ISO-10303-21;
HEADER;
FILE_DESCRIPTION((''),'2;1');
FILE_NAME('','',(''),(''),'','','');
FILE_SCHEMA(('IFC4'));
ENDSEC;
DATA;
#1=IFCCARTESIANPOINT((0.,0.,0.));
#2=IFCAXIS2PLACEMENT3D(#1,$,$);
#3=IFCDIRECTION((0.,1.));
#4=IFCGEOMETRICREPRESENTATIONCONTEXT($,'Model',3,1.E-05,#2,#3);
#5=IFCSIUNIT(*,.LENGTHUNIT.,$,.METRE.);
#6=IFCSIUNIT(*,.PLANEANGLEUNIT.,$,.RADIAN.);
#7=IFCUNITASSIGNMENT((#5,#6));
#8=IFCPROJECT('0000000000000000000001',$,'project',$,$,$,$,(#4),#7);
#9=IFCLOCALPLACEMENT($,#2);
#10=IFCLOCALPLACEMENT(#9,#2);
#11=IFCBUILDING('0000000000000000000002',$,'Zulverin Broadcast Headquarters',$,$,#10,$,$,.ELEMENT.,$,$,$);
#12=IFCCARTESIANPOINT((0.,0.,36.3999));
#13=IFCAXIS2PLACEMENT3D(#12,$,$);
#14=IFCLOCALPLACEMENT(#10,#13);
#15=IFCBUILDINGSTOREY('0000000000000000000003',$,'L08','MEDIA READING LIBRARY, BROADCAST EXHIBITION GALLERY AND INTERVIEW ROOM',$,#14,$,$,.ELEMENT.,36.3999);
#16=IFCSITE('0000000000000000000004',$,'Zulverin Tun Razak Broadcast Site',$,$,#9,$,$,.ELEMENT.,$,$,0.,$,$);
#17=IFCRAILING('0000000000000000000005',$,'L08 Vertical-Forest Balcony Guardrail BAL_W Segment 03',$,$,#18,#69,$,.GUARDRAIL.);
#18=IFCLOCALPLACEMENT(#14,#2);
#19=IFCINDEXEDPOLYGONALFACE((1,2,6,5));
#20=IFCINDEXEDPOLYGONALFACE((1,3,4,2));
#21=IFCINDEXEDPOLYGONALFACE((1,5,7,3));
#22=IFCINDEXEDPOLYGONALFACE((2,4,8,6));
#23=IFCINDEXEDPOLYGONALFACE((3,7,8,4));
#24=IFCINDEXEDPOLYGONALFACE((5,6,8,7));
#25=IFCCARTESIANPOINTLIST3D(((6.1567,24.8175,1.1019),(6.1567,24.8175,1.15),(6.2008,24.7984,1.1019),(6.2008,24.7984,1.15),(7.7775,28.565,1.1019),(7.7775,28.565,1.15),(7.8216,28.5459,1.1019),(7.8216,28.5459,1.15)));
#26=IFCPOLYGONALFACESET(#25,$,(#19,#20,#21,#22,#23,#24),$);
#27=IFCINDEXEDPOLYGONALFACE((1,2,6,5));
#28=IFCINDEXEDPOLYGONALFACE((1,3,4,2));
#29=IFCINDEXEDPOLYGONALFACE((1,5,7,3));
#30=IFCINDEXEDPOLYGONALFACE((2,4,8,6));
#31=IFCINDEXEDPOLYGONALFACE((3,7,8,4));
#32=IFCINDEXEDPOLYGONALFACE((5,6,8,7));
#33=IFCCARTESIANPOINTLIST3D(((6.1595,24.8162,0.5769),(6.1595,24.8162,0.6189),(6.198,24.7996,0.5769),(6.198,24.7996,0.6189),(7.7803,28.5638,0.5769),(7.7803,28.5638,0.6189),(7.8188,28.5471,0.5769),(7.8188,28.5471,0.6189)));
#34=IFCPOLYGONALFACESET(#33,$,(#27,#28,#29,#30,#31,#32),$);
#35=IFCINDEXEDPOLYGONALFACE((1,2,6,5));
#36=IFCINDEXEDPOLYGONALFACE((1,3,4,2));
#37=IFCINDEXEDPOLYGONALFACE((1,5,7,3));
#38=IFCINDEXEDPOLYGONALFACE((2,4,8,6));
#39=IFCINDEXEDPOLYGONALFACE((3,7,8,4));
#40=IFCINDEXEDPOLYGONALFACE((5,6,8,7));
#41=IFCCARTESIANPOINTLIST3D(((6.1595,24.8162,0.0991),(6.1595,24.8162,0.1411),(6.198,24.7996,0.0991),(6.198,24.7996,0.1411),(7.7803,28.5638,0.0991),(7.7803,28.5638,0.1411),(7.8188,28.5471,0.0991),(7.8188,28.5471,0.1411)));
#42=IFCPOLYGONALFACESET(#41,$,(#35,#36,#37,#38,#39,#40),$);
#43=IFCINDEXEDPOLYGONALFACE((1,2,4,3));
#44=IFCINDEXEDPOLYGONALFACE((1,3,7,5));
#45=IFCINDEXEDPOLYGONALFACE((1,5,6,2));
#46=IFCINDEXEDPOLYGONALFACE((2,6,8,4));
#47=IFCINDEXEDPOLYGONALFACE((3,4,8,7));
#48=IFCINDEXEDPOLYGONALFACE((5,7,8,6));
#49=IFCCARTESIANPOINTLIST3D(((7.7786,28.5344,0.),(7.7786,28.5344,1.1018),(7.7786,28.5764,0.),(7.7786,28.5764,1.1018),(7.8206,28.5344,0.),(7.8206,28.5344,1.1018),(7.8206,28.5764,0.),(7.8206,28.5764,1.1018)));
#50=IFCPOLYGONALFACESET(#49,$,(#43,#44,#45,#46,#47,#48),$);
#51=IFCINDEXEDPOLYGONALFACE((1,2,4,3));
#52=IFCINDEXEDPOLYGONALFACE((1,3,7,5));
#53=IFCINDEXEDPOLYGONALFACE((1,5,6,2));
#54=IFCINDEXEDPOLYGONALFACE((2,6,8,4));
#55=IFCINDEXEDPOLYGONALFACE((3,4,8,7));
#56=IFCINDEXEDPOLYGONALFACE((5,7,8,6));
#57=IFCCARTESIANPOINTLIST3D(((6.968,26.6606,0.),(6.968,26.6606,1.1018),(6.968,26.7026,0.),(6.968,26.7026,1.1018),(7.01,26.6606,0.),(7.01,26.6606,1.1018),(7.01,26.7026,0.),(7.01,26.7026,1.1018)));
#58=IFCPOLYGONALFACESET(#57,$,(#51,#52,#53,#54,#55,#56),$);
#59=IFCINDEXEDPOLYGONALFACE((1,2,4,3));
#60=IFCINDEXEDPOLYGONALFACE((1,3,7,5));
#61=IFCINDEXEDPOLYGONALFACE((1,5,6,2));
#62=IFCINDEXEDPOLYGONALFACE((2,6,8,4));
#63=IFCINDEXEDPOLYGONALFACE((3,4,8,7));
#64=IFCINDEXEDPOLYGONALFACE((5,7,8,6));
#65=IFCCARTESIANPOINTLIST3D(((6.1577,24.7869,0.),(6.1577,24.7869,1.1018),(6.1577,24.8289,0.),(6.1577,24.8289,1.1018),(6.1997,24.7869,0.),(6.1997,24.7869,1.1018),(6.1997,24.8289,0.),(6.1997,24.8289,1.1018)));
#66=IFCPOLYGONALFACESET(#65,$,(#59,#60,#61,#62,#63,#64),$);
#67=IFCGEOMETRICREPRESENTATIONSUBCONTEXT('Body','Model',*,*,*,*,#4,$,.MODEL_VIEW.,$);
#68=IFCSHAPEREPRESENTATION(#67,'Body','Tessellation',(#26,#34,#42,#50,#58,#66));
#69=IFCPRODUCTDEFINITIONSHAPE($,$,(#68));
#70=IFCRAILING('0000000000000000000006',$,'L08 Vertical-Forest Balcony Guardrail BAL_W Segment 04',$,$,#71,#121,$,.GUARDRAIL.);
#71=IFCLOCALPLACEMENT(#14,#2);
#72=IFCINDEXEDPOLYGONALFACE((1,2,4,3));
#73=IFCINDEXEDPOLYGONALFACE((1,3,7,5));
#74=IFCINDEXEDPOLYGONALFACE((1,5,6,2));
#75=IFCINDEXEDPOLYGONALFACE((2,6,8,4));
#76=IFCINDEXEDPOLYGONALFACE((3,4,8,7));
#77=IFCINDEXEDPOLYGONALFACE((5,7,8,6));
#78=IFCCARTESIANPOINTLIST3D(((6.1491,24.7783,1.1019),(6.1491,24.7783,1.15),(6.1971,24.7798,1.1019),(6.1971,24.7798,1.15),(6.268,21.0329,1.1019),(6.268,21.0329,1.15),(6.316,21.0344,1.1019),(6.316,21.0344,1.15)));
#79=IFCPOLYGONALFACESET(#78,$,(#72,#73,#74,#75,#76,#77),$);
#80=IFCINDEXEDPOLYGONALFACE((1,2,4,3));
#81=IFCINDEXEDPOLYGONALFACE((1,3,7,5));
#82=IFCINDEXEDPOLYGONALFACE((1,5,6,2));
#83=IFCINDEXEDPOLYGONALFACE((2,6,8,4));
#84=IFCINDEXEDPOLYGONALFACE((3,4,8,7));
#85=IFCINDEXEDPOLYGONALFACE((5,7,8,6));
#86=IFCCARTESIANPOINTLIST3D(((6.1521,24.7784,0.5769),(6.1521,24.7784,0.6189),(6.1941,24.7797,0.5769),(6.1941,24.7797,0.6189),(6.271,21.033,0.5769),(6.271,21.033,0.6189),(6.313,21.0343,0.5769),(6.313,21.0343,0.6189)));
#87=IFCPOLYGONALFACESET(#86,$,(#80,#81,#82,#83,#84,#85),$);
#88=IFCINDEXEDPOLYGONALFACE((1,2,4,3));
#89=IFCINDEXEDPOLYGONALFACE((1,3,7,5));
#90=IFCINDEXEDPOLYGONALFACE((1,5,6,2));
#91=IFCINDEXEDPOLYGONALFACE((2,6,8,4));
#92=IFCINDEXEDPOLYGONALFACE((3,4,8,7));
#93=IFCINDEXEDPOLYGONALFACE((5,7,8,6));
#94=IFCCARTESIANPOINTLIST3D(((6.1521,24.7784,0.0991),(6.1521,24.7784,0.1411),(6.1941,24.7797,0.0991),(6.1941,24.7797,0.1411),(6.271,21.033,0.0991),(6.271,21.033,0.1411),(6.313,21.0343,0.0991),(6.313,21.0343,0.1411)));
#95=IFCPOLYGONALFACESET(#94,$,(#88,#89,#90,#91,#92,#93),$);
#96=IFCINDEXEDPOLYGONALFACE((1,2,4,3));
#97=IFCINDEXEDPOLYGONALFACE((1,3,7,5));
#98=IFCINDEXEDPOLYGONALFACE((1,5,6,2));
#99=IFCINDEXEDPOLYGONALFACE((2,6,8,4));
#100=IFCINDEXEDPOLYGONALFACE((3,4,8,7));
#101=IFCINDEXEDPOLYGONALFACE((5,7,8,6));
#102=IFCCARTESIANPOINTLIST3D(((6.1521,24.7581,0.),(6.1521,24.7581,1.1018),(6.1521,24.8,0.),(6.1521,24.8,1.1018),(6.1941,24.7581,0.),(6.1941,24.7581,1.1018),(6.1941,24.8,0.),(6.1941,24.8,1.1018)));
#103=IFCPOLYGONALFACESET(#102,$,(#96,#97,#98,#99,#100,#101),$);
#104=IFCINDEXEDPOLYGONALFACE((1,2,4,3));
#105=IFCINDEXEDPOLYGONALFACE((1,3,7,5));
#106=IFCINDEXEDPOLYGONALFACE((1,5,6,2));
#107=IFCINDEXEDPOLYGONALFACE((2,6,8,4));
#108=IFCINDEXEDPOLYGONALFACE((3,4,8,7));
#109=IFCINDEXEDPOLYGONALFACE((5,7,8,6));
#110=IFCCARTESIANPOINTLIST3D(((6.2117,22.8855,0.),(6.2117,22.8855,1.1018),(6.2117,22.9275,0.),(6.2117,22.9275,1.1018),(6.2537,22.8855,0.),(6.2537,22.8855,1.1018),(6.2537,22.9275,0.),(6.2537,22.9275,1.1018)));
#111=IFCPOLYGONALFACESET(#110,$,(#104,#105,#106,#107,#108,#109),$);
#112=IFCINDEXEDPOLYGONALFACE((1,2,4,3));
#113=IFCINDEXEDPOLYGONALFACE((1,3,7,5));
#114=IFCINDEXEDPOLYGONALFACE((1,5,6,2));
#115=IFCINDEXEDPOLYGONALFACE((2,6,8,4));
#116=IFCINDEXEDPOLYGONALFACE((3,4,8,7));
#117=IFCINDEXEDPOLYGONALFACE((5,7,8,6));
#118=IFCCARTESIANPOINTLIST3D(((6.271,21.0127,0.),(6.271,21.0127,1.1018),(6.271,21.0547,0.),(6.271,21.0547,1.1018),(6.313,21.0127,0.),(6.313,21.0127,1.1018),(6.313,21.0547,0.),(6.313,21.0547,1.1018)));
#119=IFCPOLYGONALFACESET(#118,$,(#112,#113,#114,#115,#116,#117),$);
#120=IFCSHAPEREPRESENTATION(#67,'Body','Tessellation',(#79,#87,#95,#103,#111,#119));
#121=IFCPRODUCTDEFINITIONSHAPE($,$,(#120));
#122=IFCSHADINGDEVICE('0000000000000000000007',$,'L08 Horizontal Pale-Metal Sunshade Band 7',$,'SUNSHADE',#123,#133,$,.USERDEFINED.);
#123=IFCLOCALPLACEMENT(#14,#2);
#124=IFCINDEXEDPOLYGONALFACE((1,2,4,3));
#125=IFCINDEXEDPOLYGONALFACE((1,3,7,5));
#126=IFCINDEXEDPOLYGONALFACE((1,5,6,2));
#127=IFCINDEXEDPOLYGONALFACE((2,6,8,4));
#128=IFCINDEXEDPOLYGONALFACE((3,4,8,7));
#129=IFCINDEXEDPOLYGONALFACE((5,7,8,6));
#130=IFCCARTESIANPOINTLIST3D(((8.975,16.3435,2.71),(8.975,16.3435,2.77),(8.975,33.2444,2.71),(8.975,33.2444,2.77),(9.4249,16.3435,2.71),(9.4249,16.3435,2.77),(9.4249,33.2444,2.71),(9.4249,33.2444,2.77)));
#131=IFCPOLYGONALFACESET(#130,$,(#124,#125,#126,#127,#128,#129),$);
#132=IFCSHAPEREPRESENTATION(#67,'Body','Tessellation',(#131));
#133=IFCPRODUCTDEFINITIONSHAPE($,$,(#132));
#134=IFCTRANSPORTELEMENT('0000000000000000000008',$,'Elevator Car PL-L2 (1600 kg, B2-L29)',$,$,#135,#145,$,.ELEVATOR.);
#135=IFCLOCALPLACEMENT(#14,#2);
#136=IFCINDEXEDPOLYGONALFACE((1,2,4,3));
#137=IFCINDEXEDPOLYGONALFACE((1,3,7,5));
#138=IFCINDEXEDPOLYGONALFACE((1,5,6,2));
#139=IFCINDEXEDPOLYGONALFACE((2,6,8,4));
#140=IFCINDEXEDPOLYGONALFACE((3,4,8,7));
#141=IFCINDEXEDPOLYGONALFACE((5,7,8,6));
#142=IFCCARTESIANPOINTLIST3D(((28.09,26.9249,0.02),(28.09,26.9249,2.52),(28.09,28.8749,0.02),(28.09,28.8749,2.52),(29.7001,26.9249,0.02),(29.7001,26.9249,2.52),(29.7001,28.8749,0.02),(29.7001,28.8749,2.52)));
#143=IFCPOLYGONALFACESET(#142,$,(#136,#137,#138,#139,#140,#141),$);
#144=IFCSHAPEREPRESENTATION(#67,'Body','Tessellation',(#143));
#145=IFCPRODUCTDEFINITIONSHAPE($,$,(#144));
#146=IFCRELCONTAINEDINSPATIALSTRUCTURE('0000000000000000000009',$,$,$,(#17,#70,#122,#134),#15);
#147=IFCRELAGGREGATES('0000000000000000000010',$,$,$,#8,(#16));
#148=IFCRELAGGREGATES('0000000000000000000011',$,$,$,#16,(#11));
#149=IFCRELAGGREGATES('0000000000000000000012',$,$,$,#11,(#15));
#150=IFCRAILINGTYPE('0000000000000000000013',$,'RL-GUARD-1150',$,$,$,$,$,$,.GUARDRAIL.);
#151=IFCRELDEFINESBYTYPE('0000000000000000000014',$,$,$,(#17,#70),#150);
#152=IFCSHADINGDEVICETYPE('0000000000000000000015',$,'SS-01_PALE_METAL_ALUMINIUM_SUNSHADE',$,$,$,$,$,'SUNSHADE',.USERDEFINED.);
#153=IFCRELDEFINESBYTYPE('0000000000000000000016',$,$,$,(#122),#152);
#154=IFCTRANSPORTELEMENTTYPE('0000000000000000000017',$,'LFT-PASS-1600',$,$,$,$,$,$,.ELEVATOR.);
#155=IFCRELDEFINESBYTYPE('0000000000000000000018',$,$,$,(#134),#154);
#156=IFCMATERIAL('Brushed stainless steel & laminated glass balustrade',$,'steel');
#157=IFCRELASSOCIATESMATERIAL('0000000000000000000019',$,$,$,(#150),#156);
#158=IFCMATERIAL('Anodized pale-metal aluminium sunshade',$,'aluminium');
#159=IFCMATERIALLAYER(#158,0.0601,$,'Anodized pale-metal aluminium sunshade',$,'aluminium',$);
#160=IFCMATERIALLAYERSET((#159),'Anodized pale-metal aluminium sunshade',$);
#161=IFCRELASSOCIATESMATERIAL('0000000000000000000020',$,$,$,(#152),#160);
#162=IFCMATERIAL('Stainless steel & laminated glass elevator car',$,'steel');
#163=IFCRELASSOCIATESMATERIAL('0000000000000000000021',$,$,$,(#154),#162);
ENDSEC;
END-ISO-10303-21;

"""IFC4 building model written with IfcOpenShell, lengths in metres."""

from ifc_helpers import new_model, si_unit, direction, frame, origin, origin_2d, place, context, subcontext, project, spatial, rectangle, extrude, material, layer, layer_set, type_object, element, save


model = new_model("IFC4")

# Units and contexts
model_context = context("Model", 3, precision=1e-05, world=origin(), true_north=direction((0.0, 1.0)))
body_context = subcontext(model_context, "Body", "Model", "MODEL_VIEW")
ifc_project = project(units=[si_unit("LENGTHUNIT", "METRE"), si_unit("PLANEANGLEUNIT", "RADIAN")], contexts=[model_context])

# Site, building, storey
site_placement = place(None, origin())
site = spatial("IfcSite", under=ifc_project, at=site_placement, Name="Zulverin Tun Razak Broadcast Site", CompositionType="ELEMENT", RefElevation=0.0)
building_placement = place(site_placement, origin())
building = spatial("IfcBuilding", under=site, at=building_placement, Name="Zulverin Broadcast Headquarters", CompositionType="ELEMENT")
storey_placement = place(building_placement, frame((0.0, 0.0, 36.3999)))
storey = spatial("IfcBuildingStorey", under=building, at=storey_placement, Name="L08", Description="MEDIA READING LIBRARY, BROADCAST EXHIBITION GALLERY AND INTERVIEW ROOM", CompositionType="ELEMENT", Elevation=36.3999)

# Railings
ifc_material_1 = material(Name="Brushed stainless steel & laminated glass balustrade", Category="steel")
railing_type = type_object("IfcRailingType", Name="RL-GUARD-1150", PredefinedType="GUARDRAIL", material=ifc_material_1)
railing_1_placement = place(storey_placement, frame((7.7996, 28.5554, 0.0)))
element("IfcRailing", 1, at=railing_1_placement, inside=storey, type_object=railing_type, Name="L08 Vertical-Forest Balcony Guardrail BAL_W Segment 03", PredefinedType="GUARDRAIL", context=body_context, shape_type="SweptSolid", body=[
    extrude(rectangle(XDim=0.0481, YDim=0.0481, at=origin_2d()), frame((0.0, 0.0, 1.126), z_axis=(-0.39697, -0.917832, 0.0), x_axis=(0.917832, -0.39697, 0.0)), (0.0, 0.0, 1.0), 4.083),
    extrude(rectangle(XDim=0.042, YDim=0.042, at=origin_2d()), frame((0.0, 0.0, 0.5979), z_axis=(-0.39697, -0.917832, 0.0), x_axis=(0.917832, -0.39697, 0.0)), (0.0, 0.0, 1.0), 4.083),
    extrude(rectangle(XDim=0.042, YDim=0.042, at=origin_2d()), frame((0.0, 0.0, 0.1201), z_axis=(-0.39697, -0.917832, 0.0), x_axis=(0.917832, -0.39697, 0.0)), (0.0, 0.0, 1.0), 4.083),
    extrude(rectangle(XDim=0.042, YDim=0.042, at=origin_2d()), origin(), (0.0, 0.0, 1.0), 1.1018),
    extrude(rectangle(XDim=0.042, YDim=0.042, at=origin_2d()), frame((-0.8105, -1.8738, 0.0)), (0.0, 0.0, 1.0), 1.1018),
    extrude(rectangle(XDim=0.042, YDim=0.042, at=origin_2d()), frame((-1.6208, -3.7476, 0.0)), (0.0, 0.0, 1.0), 1.1018),
])
railing_2_placement = place(storey_placement, frame((6.1731, 24.7791, 0.0)))
element("IfcRailing", 2, at=railing_2_placement, inside=storey, type_object=railing_type, Name="L08 Vertical-Forest Balcony Guardrail BAL_W Segment 04", PredefinedType="GUARDRAIL", context=body_context, shape_type="SweptSolid", body=[
    extrude(rectangle(XDim=0.0481, YDim=0.0481, at=origin_2d()), frame((0.0, 0.0, 1.126), z_axis=(0.031729, -0.999497, 0.0), x_axis=(0.999497, 0.031729, 0.0)), (0.0, 0.0, 1.0), 3.7473),
    extrude(rectangle(XDim=0.042, YDim=0.042, at=origin_2d()), frame((0.0, 0.0, 0.5979), z_axis=(0.031729, -0.999497, 0.0), x_axis=(0.999497, 0.031729, 0.0)), (0.0, 0.0, 1.0), 3.7473),
    extrude(rectangle(XDim=0.042, YDim=0.042, at=origin_2d()), frame((0.0, 0.0, 0.1201), z_axis=(0.031729, -0.999497, 0.0), x_axis=(0.999497, 0.031729, 0.0)), (0.0, 0.0, 1.0), 3.7473),
    extrude(rectangle(XDim=0.042, YDim=0.042, at=origin_2d()), origin(), (0.0, 0.0, 1.0), 1.1018),
    extrude(rectangle(XDim=0.042, YDim=0.042, at=origin_2d()), frame((0.0596, -1.8726, 0.0)), (0.0, 0.0, 1.0), 1.1018),
    extrude(rectangle(XDim=0.042, YDim=0.042, at=origin_2d()), frame((0.1189, -3.7454, 0.0)), (0.0, 0.0, 1.0), 1.1018),
])

# Shading device
ifc_material_2 = material(Name="Anodized pale-metal aluminium sunshade", Category="aluminium")
ifc_layer_1 = layer(ifc_material_2, 0.0601, Name="Anodized pale-metal aluminium sunshade", Category="aluminium")
ifc_layer_set_1 = layer_set([ifc_layer_1], Name="Anodized pale-metal aluminium sunshade")
shading_device_type = type_object("IfcShadingDeviceType", Name="SS-01_PALE_METAL_ALUMINIUM_SUNSHADE", ElementType="SUNSHADE", PredefinedType="USERDEFINED", material=ifc_layer_set_1)
shading_device_placement = place(storey_placement, frame((9.2, 24.7939, 2.71), z_axis=(0.0, 0.0, 1.0), x_axis=(0.0, -1.0, 0.0)))
element("IfcShadingDevice", 3, at=shading_device_placement, inside=storey, type_object=shading_device_type, Name="L08 Horizontal Pale-Metal Sunshade Band 7", ObjectType="SUNSHADE", PredefinedType="USERDEFINED", context=body_context, shape_type="SweptSolid", body=[
    extrude(rectangle(XDim=16.9009, YDim=0.45, at=origin_2d()), origin(), (0.0, 0.0, 1.0), 0.0601),
])

# Transport element
ifc_material_3 = material(Name="Stainless steel & laminated glass elevator car", Category="steel")
transport_element_type = type_object("IfcTransportElementType", Name="LFT-PASS-1600", PredefinedType="ELEVATOR", material=ifc_material_3)
transport_element_placement = place(storey_placement, frame((28.895, 27.8999, 0.02), z_axis=(0.0, 0.0, 1.0), x_axis=(1.0, 0.0, 0.0)))
element("IfcTransportElement", 4, at=transport_element_placement, inside=storey, type_object=transport_element_type, Name="Elevator Car PL-L2 (1600 kg, B2-L29)", PredefinedType="ELEVATOR", context=body_context, shape_type="SweptSolid", body=[
    extrude(rectangle(XDim=1.6101, YDim=1.95, at=origin_2d()), origin(), (0.0, 0.0, 1.0), 2.5),
])

save(model, "model.ifc")
